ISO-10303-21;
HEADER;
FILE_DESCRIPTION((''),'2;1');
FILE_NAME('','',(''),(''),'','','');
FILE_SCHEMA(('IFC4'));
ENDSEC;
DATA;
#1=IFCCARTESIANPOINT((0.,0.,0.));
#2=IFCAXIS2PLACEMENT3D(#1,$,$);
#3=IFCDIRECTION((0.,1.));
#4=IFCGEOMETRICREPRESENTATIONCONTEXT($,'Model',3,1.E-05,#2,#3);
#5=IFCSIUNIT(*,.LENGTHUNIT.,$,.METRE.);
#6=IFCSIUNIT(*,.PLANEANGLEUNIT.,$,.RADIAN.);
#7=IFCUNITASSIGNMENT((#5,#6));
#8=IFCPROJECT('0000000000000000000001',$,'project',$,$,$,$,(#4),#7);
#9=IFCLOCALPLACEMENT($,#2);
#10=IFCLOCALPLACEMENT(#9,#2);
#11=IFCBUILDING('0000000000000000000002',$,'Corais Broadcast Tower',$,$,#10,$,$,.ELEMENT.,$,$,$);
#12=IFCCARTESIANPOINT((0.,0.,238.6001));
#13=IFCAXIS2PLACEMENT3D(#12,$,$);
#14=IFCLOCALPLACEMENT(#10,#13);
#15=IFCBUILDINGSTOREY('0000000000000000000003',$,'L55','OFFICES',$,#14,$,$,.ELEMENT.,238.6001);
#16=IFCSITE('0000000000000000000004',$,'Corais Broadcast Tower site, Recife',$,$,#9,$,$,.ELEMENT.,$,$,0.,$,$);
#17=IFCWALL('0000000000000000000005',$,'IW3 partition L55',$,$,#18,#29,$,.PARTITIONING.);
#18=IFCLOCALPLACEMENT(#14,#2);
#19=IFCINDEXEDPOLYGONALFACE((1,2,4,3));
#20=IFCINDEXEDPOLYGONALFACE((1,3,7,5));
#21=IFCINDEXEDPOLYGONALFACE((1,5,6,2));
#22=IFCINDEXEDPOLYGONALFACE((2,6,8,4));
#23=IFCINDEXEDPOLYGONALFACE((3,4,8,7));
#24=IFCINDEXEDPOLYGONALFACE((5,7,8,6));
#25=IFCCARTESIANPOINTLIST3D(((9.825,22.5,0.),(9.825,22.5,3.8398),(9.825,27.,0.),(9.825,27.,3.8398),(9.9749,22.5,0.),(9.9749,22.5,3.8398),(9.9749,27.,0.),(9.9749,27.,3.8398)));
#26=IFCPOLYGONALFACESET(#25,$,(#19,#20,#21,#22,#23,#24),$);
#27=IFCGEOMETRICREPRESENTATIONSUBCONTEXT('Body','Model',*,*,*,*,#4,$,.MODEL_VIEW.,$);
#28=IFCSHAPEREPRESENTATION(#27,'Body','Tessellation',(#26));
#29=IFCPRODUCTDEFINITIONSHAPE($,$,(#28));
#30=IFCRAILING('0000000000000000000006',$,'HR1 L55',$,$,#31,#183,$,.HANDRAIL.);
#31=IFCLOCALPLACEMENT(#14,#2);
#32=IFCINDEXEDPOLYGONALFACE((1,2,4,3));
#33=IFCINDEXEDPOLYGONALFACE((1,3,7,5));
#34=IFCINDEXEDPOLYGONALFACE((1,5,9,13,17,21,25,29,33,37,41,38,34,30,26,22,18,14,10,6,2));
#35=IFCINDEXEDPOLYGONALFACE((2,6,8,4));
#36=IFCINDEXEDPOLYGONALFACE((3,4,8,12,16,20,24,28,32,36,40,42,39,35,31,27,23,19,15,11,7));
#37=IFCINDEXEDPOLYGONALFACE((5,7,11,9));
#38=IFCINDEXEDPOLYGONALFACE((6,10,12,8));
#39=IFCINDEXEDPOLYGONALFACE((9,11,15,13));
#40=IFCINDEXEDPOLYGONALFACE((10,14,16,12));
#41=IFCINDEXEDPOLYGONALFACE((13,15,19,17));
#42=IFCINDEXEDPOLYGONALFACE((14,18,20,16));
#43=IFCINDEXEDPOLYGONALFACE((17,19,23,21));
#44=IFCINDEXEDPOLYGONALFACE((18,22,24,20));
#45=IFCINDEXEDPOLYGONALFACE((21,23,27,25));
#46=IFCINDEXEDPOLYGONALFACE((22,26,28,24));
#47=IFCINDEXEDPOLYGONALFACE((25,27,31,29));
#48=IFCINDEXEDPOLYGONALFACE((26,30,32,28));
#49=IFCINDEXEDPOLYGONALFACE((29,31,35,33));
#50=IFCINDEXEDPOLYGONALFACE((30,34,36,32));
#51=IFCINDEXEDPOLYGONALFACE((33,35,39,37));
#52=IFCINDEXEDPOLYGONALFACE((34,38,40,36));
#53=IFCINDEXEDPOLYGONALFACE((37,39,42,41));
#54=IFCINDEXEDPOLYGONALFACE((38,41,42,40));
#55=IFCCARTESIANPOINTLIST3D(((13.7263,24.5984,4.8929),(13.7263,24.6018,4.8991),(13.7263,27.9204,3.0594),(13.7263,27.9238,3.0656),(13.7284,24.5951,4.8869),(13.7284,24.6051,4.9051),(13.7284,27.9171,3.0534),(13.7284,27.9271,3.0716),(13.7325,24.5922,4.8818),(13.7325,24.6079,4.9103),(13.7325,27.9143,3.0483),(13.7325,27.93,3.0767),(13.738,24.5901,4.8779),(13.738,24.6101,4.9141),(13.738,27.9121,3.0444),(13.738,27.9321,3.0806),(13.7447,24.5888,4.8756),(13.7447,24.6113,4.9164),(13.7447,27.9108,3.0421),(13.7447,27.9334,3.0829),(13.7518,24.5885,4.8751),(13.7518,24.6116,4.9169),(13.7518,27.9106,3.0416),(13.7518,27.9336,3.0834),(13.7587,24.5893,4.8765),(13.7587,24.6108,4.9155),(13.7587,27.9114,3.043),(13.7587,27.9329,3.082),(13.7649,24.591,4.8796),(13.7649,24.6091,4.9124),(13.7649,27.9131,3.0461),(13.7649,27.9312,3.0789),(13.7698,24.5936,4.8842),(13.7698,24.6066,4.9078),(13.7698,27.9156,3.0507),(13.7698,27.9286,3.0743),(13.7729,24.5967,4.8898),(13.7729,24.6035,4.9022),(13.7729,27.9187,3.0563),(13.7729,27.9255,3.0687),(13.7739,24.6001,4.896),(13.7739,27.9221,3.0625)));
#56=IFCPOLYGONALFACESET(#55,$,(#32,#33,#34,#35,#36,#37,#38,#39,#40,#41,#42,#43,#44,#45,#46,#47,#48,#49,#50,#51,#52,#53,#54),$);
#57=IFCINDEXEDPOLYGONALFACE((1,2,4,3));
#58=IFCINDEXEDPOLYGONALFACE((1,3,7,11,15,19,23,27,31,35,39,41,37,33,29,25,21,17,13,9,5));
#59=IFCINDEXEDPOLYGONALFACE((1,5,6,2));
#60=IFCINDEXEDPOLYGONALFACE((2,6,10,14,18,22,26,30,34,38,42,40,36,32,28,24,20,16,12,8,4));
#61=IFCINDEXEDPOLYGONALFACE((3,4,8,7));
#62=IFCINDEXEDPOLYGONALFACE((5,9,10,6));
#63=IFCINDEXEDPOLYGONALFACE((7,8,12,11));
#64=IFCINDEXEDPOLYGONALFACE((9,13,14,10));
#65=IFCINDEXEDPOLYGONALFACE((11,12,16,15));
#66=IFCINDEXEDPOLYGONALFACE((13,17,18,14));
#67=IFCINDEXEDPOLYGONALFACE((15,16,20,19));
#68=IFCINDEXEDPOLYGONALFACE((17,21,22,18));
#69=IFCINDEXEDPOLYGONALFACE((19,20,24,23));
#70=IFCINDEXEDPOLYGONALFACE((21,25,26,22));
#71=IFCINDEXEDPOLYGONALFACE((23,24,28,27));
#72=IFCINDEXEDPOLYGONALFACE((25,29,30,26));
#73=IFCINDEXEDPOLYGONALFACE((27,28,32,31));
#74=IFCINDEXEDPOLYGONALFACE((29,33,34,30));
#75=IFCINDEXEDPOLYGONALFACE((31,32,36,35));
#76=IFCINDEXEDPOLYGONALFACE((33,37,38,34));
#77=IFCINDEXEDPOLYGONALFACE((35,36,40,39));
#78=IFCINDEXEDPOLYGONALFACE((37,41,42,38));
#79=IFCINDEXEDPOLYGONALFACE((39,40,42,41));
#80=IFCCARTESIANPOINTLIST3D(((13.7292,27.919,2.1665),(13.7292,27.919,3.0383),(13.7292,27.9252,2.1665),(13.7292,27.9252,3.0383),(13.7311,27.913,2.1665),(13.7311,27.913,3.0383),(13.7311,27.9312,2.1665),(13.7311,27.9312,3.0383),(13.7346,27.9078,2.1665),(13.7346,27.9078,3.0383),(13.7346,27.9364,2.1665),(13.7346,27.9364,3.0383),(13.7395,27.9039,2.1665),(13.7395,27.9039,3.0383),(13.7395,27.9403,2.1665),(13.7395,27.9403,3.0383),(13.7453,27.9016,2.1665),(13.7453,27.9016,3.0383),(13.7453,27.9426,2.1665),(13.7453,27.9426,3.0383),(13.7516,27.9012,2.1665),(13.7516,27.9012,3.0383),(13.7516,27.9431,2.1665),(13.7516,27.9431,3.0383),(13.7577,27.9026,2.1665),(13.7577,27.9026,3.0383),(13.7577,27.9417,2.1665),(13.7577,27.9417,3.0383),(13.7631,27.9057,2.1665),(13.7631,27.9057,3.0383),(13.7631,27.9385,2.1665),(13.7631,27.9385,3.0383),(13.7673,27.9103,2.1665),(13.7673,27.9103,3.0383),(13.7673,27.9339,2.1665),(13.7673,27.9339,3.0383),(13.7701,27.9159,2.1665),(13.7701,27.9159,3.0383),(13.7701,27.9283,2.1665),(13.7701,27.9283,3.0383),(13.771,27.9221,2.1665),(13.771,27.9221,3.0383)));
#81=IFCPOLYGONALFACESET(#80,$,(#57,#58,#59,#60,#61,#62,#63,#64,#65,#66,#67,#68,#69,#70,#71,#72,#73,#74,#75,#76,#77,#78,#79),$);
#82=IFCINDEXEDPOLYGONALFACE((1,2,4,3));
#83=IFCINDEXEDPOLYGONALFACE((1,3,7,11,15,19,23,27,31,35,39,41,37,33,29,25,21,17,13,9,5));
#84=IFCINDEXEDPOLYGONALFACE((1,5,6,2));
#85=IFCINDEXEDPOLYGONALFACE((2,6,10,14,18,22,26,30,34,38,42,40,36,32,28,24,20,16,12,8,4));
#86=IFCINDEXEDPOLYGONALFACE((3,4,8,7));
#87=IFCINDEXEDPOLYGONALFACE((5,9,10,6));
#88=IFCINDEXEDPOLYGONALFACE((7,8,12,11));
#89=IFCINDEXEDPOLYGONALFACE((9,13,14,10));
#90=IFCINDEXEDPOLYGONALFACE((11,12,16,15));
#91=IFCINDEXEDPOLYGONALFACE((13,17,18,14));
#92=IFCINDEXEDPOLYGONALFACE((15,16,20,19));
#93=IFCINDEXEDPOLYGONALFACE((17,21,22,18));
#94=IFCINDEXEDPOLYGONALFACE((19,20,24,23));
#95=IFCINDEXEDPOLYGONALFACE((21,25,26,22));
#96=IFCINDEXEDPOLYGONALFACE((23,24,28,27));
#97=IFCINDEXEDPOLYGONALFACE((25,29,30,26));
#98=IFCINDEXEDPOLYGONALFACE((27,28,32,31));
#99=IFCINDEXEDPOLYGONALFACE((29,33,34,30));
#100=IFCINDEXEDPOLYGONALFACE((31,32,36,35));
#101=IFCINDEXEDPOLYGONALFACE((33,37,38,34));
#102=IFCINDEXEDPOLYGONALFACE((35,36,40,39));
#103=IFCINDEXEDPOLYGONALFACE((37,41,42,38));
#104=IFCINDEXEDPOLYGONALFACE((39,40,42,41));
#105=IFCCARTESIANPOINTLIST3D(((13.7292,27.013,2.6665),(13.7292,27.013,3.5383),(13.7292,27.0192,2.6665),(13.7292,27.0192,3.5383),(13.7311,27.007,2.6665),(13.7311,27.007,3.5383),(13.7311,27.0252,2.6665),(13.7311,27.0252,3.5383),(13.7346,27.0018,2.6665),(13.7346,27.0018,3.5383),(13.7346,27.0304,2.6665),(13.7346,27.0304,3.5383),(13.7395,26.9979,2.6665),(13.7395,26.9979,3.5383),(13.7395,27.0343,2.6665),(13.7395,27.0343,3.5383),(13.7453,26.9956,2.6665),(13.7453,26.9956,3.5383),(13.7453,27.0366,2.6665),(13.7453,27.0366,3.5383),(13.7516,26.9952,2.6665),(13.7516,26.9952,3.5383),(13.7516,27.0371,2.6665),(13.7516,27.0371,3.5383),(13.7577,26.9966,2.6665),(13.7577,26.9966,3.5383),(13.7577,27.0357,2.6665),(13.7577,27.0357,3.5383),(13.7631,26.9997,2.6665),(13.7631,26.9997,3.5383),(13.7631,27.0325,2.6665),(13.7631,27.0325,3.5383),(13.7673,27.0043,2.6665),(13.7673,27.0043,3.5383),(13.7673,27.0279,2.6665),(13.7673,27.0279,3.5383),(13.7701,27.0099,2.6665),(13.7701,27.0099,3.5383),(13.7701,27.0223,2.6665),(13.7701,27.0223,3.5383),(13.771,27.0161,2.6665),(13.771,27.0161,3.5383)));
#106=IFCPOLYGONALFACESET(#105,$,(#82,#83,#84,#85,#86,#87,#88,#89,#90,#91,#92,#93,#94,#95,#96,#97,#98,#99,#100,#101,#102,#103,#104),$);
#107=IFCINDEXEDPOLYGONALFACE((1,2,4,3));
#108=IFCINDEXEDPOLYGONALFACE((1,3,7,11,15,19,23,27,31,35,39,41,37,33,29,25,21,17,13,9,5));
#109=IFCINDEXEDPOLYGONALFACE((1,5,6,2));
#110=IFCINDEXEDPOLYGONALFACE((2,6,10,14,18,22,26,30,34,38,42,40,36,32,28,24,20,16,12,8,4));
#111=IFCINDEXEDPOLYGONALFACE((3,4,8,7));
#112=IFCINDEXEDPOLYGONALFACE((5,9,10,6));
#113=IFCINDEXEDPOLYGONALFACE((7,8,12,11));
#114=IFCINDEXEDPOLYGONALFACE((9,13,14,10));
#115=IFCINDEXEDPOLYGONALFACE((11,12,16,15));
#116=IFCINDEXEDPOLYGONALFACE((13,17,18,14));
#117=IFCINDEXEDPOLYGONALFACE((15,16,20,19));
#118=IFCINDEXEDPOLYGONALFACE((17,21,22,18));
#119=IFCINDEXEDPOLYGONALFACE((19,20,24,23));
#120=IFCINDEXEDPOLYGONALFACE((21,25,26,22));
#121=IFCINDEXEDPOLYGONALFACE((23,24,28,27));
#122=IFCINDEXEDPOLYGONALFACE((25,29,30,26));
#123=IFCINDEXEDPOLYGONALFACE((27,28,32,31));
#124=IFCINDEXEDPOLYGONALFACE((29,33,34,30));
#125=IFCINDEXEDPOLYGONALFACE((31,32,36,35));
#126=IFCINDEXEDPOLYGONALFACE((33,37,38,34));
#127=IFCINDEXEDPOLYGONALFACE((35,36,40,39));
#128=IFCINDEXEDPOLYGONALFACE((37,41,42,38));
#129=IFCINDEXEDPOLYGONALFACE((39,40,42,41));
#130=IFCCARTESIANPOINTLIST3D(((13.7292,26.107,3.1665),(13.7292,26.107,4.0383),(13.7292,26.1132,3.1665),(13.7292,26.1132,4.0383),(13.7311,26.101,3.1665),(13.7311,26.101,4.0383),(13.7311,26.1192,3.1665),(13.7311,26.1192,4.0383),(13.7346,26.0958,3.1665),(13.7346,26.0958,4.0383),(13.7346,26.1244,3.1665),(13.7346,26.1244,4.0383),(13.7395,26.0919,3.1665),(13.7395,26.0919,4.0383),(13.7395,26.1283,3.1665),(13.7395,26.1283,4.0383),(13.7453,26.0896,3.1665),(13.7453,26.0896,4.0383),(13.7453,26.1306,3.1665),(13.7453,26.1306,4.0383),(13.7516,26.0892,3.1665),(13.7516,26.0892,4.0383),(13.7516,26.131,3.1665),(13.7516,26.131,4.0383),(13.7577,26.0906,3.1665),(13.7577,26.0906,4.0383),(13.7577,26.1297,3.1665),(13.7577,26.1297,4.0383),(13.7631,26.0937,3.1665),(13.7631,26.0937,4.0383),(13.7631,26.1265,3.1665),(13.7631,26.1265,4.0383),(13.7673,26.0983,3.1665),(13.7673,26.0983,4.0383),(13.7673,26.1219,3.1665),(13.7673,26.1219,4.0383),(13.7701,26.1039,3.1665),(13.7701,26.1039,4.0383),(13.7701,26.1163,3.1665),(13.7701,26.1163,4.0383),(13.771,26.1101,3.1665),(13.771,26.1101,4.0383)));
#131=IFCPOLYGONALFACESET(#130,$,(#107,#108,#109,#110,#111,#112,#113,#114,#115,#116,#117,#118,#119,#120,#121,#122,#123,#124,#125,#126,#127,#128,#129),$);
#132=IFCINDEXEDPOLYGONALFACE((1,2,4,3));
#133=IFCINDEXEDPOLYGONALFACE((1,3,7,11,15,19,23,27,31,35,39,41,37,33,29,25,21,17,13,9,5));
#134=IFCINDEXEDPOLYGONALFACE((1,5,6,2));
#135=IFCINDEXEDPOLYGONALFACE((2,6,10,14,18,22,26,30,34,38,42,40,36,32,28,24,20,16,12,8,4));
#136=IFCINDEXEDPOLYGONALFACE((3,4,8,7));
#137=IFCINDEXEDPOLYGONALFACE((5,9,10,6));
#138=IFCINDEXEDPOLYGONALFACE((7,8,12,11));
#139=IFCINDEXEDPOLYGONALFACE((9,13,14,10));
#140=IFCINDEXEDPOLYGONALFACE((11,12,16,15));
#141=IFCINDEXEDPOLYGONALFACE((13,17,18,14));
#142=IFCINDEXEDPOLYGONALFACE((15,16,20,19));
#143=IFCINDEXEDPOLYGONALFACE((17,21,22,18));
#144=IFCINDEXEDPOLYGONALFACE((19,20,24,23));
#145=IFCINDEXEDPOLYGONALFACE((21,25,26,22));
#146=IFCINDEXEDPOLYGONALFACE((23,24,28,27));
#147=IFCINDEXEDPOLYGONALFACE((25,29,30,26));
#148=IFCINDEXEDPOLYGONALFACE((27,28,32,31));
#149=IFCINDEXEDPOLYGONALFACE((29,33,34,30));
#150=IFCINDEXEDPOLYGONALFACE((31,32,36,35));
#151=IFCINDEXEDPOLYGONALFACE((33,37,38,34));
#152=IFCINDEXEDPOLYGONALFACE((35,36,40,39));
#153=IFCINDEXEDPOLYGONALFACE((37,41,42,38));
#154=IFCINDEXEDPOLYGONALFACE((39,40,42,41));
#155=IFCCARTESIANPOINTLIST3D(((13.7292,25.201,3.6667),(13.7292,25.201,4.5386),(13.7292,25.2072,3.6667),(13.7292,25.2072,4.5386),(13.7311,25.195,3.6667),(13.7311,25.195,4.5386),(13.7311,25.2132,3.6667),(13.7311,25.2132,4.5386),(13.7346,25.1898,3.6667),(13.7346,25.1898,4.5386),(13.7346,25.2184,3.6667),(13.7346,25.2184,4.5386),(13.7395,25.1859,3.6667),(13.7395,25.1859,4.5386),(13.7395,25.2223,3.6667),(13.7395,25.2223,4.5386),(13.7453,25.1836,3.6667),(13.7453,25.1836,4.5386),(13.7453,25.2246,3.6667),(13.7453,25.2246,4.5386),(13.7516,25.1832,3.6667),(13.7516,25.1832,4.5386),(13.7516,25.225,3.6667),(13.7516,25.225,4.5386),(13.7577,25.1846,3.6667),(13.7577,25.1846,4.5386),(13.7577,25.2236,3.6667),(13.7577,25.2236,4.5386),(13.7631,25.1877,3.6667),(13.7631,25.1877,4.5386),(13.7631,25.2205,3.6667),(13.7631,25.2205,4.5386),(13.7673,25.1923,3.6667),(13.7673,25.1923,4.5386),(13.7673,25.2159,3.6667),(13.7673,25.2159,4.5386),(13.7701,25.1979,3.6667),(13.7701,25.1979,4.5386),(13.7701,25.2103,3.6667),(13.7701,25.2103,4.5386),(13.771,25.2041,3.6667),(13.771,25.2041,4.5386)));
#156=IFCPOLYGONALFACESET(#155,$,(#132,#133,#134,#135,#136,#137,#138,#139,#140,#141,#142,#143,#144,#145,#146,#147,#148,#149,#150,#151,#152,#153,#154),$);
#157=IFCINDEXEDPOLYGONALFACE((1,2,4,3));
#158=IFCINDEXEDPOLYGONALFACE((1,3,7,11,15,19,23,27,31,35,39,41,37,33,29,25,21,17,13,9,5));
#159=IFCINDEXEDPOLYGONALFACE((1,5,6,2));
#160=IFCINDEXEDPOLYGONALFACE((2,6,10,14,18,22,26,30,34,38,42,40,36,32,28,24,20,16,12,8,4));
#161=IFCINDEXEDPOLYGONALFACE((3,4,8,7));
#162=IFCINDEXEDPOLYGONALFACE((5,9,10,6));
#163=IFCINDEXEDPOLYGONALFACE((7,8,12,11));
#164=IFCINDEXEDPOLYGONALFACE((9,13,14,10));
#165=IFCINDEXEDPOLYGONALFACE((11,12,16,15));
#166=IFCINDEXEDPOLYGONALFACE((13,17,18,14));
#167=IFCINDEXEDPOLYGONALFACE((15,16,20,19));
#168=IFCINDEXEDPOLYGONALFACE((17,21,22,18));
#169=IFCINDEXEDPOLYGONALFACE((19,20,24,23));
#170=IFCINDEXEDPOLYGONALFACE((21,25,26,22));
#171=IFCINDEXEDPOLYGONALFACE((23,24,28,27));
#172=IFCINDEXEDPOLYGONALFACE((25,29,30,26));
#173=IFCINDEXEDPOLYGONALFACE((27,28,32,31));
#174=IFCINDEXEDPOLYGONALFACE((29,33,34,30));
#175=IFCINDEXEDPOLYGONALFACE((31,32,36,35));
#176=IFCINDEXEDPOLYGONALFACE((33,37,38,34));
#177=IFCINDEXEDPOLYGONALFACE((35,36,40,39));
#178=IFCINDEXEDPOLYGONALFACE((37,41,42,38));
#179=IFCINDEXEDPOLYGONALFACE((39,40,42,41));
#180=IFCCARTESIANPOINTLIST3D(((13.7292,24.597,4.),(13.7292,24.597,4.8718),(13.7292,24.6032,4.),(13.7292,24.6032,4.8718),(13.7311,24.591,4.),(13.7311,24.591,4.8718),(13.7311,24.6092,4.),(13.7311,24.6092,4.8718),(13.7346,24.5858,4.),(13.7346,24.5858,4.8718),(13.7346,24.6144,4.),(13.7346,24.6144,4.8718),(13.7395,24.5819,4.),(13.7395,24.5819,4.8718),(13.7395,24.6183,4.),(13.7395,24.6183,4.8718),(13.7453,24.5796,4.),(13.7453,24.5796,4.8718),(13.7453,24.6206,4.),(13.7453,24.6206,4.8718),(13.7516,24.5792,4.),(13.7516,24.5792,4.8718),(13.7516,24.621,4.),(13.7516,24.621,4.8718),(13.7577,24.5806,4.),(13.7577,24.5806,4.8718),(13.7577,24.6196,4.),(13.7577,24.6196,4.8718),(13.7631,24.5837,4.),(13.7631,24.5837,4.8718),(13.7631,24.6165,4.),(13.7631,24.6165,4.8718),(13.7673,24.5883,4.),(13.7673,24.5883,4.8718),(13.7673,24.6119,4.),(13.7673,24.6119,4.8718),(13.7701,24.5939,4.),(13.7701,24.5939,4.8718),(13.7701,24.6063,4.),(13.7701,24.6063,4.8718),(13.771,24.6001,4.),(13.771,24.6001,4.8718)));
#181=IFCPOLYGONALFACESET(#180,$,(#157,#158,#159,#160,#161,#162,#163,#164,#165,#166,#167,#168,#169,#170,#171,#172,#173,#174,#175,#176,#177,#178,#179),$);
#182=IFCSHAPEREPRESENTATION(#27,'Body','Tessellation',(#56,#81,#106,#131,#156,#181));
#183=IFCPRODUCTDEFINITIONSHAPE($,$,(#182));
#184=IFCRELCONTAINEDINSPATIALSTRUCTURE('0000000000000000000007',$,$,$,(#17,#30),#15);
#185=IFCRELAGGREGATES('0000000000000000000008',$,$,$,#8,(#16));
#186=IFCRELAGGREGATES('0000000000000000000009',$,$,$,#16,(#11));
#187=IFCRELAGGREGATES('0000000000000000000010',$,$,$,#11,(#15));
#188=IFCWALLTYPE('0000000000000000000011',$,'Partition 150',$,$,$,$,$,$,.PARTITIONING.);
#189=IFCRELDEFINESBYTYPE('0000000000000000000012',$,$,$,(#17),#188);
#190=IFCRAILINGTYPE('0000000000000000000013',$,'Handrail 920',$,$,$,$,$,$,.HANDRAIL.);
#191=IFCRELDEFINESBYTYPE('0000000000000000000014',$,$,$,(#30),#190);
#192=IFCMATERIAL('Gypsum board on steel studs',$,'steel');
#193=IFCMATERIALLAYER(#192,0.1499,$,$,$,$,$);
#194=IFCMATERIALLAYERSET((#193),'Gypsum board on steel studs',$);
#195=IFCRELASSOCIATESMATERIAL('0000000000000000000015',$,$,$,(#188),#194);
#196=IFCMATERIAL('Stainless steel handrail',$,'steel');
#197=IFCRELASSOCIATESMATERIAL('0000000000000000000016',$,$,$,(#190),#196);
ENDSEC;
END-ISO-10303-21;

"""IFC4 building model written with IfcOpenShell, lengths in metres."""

from ifc_helpers import new_model, si_unit, direction, frame, frame_2d, origin, origin_2d, place, context, subcontext, project, spatial, rectangle, circle, extrude, material, layer, layer_set, type_object, element, save


model = new_model("IFC4")

# Units and contexts
model_context = context("Model", 3, precision=1e-05, world=origin(), true_north=direction((0.0, 1.0)))
body_context = subcontext(model_context, "Body", "Model", "MODEL_VIEW")
ifc_project = project(units=[si_unit("LENGTHUNIT", "METRE"), si_unit("PLANEANGLEUNIT", "RADIAN")], contexts=[model_context])

# Site, building, storey
site_placement = place(None, origin())
site = spatial("IfcSite", under=ifc_project, at=site_placement, Name="Corais Broadcast Tower site, Recife", CompositionType="ELEMENT", RefElevation=0.0)
building_placement = place(site_placement, origin())
building = spatial("IfcBuilding", under=site, at=building_placement, Name="Corais Broadcast Tower", CompositionType="ELEMENT")
storey_placement = place(building_placement, frame((0.0, 0.0, 238.6001)))
storey = spatial("IfcBuildingStorey", under=building, at=storey_placement, Name="L55", Description="OFFICES", CompositionType="ELEMENT", Elevation=238.6001)

# Wall
ifc_material_1 = material(Name="Gypsum board on steel studs", Category="steel")
ifc_layer_1 = layer(ifc_material_1, 0.1499)
ifc_layer_set_1 = layer_set([ifc_layer_1], Name="Gypsum board on steel studs")
wall_type_1 = type_object("IfcWallType", Name="Partition 150", PredefinedType="PARTITIONING", material=ifc_layer_set_1)
wall_1_placement = place(storey_placement, frame((9.8999, 27.0, 0.0), z_axis=(0.0, 0.0, 1.0), x_axis=(0.0, -1.0, 0.0)))
element("IfcWall", 1, at=wall_1_placement, inside=storey, type_object=wall_type_1, Name="IW3 partition L55", PredefinedType="PARTITIONING", context=body_context, shape_type="SweptSolid", body=[
    extrude(rectangle(XDim=4.5, YDim=0.1499, at=frame_2d((2.25, 0.0))), origin(), (0.0, 0.0, 1.0), 3.8398),
])

# Railing
ifc_material_2 = material(Name="Stainless steel handrail", Category="steel")
railing_type = type_object("IfcRailingType", Name="Handrail 920", PredefinedType="HANDRAIL", material=ifc_material_2)
railing_placement = place(storey_placement, frame((13.75, 27.9221, 2.1665)))
element("IfcRailing", 2, at=railing_placement, inside=storey, type_object=railing_type, Name="HR1 L55", PredefinedType="HANDRAIL", context=body_context, shape_type="SweptSolid", body=[
    extrude(circle(Radius=0.0239, at=origin_2d()), frame((0.0, 0.0, 0.896), z_axis=(0.0, -0.875504, 0.48321), x_axis=(1.0, 0.0, 0.0)), (0.0, 0.0, 1.0), 3.7944),
    extrude(circle(Radius=0.021, at=origin_2d()), origin(), (0.0, 0.0, 1.0), 0.8718),
    extrude(circle(Radius=0.021, at=origin_2d()), frame((0.0, -0.906, 0.5)), (0.0, 0.0, 1.0), 0.8718),
    extrude(circle(Radius=0.021, at=origin_2d()), frame((0.0, -1.812, 1.0)), (0.0, 0.0, 1.0), 0.8718),
    extrude(circle(Radius=0.021, at=origin_2d()), frame((0.0, -2.718, 1.5002)), (0.0, 0.0, 1.0), 0.8718),
    extrude(circle(Radius=0.021, at=origin_2d()), frame((0.0, -3.322, 1.8335)), (0.0, 0.0, 1.0), 0.8718),
])

save(model, "model.ifc")
